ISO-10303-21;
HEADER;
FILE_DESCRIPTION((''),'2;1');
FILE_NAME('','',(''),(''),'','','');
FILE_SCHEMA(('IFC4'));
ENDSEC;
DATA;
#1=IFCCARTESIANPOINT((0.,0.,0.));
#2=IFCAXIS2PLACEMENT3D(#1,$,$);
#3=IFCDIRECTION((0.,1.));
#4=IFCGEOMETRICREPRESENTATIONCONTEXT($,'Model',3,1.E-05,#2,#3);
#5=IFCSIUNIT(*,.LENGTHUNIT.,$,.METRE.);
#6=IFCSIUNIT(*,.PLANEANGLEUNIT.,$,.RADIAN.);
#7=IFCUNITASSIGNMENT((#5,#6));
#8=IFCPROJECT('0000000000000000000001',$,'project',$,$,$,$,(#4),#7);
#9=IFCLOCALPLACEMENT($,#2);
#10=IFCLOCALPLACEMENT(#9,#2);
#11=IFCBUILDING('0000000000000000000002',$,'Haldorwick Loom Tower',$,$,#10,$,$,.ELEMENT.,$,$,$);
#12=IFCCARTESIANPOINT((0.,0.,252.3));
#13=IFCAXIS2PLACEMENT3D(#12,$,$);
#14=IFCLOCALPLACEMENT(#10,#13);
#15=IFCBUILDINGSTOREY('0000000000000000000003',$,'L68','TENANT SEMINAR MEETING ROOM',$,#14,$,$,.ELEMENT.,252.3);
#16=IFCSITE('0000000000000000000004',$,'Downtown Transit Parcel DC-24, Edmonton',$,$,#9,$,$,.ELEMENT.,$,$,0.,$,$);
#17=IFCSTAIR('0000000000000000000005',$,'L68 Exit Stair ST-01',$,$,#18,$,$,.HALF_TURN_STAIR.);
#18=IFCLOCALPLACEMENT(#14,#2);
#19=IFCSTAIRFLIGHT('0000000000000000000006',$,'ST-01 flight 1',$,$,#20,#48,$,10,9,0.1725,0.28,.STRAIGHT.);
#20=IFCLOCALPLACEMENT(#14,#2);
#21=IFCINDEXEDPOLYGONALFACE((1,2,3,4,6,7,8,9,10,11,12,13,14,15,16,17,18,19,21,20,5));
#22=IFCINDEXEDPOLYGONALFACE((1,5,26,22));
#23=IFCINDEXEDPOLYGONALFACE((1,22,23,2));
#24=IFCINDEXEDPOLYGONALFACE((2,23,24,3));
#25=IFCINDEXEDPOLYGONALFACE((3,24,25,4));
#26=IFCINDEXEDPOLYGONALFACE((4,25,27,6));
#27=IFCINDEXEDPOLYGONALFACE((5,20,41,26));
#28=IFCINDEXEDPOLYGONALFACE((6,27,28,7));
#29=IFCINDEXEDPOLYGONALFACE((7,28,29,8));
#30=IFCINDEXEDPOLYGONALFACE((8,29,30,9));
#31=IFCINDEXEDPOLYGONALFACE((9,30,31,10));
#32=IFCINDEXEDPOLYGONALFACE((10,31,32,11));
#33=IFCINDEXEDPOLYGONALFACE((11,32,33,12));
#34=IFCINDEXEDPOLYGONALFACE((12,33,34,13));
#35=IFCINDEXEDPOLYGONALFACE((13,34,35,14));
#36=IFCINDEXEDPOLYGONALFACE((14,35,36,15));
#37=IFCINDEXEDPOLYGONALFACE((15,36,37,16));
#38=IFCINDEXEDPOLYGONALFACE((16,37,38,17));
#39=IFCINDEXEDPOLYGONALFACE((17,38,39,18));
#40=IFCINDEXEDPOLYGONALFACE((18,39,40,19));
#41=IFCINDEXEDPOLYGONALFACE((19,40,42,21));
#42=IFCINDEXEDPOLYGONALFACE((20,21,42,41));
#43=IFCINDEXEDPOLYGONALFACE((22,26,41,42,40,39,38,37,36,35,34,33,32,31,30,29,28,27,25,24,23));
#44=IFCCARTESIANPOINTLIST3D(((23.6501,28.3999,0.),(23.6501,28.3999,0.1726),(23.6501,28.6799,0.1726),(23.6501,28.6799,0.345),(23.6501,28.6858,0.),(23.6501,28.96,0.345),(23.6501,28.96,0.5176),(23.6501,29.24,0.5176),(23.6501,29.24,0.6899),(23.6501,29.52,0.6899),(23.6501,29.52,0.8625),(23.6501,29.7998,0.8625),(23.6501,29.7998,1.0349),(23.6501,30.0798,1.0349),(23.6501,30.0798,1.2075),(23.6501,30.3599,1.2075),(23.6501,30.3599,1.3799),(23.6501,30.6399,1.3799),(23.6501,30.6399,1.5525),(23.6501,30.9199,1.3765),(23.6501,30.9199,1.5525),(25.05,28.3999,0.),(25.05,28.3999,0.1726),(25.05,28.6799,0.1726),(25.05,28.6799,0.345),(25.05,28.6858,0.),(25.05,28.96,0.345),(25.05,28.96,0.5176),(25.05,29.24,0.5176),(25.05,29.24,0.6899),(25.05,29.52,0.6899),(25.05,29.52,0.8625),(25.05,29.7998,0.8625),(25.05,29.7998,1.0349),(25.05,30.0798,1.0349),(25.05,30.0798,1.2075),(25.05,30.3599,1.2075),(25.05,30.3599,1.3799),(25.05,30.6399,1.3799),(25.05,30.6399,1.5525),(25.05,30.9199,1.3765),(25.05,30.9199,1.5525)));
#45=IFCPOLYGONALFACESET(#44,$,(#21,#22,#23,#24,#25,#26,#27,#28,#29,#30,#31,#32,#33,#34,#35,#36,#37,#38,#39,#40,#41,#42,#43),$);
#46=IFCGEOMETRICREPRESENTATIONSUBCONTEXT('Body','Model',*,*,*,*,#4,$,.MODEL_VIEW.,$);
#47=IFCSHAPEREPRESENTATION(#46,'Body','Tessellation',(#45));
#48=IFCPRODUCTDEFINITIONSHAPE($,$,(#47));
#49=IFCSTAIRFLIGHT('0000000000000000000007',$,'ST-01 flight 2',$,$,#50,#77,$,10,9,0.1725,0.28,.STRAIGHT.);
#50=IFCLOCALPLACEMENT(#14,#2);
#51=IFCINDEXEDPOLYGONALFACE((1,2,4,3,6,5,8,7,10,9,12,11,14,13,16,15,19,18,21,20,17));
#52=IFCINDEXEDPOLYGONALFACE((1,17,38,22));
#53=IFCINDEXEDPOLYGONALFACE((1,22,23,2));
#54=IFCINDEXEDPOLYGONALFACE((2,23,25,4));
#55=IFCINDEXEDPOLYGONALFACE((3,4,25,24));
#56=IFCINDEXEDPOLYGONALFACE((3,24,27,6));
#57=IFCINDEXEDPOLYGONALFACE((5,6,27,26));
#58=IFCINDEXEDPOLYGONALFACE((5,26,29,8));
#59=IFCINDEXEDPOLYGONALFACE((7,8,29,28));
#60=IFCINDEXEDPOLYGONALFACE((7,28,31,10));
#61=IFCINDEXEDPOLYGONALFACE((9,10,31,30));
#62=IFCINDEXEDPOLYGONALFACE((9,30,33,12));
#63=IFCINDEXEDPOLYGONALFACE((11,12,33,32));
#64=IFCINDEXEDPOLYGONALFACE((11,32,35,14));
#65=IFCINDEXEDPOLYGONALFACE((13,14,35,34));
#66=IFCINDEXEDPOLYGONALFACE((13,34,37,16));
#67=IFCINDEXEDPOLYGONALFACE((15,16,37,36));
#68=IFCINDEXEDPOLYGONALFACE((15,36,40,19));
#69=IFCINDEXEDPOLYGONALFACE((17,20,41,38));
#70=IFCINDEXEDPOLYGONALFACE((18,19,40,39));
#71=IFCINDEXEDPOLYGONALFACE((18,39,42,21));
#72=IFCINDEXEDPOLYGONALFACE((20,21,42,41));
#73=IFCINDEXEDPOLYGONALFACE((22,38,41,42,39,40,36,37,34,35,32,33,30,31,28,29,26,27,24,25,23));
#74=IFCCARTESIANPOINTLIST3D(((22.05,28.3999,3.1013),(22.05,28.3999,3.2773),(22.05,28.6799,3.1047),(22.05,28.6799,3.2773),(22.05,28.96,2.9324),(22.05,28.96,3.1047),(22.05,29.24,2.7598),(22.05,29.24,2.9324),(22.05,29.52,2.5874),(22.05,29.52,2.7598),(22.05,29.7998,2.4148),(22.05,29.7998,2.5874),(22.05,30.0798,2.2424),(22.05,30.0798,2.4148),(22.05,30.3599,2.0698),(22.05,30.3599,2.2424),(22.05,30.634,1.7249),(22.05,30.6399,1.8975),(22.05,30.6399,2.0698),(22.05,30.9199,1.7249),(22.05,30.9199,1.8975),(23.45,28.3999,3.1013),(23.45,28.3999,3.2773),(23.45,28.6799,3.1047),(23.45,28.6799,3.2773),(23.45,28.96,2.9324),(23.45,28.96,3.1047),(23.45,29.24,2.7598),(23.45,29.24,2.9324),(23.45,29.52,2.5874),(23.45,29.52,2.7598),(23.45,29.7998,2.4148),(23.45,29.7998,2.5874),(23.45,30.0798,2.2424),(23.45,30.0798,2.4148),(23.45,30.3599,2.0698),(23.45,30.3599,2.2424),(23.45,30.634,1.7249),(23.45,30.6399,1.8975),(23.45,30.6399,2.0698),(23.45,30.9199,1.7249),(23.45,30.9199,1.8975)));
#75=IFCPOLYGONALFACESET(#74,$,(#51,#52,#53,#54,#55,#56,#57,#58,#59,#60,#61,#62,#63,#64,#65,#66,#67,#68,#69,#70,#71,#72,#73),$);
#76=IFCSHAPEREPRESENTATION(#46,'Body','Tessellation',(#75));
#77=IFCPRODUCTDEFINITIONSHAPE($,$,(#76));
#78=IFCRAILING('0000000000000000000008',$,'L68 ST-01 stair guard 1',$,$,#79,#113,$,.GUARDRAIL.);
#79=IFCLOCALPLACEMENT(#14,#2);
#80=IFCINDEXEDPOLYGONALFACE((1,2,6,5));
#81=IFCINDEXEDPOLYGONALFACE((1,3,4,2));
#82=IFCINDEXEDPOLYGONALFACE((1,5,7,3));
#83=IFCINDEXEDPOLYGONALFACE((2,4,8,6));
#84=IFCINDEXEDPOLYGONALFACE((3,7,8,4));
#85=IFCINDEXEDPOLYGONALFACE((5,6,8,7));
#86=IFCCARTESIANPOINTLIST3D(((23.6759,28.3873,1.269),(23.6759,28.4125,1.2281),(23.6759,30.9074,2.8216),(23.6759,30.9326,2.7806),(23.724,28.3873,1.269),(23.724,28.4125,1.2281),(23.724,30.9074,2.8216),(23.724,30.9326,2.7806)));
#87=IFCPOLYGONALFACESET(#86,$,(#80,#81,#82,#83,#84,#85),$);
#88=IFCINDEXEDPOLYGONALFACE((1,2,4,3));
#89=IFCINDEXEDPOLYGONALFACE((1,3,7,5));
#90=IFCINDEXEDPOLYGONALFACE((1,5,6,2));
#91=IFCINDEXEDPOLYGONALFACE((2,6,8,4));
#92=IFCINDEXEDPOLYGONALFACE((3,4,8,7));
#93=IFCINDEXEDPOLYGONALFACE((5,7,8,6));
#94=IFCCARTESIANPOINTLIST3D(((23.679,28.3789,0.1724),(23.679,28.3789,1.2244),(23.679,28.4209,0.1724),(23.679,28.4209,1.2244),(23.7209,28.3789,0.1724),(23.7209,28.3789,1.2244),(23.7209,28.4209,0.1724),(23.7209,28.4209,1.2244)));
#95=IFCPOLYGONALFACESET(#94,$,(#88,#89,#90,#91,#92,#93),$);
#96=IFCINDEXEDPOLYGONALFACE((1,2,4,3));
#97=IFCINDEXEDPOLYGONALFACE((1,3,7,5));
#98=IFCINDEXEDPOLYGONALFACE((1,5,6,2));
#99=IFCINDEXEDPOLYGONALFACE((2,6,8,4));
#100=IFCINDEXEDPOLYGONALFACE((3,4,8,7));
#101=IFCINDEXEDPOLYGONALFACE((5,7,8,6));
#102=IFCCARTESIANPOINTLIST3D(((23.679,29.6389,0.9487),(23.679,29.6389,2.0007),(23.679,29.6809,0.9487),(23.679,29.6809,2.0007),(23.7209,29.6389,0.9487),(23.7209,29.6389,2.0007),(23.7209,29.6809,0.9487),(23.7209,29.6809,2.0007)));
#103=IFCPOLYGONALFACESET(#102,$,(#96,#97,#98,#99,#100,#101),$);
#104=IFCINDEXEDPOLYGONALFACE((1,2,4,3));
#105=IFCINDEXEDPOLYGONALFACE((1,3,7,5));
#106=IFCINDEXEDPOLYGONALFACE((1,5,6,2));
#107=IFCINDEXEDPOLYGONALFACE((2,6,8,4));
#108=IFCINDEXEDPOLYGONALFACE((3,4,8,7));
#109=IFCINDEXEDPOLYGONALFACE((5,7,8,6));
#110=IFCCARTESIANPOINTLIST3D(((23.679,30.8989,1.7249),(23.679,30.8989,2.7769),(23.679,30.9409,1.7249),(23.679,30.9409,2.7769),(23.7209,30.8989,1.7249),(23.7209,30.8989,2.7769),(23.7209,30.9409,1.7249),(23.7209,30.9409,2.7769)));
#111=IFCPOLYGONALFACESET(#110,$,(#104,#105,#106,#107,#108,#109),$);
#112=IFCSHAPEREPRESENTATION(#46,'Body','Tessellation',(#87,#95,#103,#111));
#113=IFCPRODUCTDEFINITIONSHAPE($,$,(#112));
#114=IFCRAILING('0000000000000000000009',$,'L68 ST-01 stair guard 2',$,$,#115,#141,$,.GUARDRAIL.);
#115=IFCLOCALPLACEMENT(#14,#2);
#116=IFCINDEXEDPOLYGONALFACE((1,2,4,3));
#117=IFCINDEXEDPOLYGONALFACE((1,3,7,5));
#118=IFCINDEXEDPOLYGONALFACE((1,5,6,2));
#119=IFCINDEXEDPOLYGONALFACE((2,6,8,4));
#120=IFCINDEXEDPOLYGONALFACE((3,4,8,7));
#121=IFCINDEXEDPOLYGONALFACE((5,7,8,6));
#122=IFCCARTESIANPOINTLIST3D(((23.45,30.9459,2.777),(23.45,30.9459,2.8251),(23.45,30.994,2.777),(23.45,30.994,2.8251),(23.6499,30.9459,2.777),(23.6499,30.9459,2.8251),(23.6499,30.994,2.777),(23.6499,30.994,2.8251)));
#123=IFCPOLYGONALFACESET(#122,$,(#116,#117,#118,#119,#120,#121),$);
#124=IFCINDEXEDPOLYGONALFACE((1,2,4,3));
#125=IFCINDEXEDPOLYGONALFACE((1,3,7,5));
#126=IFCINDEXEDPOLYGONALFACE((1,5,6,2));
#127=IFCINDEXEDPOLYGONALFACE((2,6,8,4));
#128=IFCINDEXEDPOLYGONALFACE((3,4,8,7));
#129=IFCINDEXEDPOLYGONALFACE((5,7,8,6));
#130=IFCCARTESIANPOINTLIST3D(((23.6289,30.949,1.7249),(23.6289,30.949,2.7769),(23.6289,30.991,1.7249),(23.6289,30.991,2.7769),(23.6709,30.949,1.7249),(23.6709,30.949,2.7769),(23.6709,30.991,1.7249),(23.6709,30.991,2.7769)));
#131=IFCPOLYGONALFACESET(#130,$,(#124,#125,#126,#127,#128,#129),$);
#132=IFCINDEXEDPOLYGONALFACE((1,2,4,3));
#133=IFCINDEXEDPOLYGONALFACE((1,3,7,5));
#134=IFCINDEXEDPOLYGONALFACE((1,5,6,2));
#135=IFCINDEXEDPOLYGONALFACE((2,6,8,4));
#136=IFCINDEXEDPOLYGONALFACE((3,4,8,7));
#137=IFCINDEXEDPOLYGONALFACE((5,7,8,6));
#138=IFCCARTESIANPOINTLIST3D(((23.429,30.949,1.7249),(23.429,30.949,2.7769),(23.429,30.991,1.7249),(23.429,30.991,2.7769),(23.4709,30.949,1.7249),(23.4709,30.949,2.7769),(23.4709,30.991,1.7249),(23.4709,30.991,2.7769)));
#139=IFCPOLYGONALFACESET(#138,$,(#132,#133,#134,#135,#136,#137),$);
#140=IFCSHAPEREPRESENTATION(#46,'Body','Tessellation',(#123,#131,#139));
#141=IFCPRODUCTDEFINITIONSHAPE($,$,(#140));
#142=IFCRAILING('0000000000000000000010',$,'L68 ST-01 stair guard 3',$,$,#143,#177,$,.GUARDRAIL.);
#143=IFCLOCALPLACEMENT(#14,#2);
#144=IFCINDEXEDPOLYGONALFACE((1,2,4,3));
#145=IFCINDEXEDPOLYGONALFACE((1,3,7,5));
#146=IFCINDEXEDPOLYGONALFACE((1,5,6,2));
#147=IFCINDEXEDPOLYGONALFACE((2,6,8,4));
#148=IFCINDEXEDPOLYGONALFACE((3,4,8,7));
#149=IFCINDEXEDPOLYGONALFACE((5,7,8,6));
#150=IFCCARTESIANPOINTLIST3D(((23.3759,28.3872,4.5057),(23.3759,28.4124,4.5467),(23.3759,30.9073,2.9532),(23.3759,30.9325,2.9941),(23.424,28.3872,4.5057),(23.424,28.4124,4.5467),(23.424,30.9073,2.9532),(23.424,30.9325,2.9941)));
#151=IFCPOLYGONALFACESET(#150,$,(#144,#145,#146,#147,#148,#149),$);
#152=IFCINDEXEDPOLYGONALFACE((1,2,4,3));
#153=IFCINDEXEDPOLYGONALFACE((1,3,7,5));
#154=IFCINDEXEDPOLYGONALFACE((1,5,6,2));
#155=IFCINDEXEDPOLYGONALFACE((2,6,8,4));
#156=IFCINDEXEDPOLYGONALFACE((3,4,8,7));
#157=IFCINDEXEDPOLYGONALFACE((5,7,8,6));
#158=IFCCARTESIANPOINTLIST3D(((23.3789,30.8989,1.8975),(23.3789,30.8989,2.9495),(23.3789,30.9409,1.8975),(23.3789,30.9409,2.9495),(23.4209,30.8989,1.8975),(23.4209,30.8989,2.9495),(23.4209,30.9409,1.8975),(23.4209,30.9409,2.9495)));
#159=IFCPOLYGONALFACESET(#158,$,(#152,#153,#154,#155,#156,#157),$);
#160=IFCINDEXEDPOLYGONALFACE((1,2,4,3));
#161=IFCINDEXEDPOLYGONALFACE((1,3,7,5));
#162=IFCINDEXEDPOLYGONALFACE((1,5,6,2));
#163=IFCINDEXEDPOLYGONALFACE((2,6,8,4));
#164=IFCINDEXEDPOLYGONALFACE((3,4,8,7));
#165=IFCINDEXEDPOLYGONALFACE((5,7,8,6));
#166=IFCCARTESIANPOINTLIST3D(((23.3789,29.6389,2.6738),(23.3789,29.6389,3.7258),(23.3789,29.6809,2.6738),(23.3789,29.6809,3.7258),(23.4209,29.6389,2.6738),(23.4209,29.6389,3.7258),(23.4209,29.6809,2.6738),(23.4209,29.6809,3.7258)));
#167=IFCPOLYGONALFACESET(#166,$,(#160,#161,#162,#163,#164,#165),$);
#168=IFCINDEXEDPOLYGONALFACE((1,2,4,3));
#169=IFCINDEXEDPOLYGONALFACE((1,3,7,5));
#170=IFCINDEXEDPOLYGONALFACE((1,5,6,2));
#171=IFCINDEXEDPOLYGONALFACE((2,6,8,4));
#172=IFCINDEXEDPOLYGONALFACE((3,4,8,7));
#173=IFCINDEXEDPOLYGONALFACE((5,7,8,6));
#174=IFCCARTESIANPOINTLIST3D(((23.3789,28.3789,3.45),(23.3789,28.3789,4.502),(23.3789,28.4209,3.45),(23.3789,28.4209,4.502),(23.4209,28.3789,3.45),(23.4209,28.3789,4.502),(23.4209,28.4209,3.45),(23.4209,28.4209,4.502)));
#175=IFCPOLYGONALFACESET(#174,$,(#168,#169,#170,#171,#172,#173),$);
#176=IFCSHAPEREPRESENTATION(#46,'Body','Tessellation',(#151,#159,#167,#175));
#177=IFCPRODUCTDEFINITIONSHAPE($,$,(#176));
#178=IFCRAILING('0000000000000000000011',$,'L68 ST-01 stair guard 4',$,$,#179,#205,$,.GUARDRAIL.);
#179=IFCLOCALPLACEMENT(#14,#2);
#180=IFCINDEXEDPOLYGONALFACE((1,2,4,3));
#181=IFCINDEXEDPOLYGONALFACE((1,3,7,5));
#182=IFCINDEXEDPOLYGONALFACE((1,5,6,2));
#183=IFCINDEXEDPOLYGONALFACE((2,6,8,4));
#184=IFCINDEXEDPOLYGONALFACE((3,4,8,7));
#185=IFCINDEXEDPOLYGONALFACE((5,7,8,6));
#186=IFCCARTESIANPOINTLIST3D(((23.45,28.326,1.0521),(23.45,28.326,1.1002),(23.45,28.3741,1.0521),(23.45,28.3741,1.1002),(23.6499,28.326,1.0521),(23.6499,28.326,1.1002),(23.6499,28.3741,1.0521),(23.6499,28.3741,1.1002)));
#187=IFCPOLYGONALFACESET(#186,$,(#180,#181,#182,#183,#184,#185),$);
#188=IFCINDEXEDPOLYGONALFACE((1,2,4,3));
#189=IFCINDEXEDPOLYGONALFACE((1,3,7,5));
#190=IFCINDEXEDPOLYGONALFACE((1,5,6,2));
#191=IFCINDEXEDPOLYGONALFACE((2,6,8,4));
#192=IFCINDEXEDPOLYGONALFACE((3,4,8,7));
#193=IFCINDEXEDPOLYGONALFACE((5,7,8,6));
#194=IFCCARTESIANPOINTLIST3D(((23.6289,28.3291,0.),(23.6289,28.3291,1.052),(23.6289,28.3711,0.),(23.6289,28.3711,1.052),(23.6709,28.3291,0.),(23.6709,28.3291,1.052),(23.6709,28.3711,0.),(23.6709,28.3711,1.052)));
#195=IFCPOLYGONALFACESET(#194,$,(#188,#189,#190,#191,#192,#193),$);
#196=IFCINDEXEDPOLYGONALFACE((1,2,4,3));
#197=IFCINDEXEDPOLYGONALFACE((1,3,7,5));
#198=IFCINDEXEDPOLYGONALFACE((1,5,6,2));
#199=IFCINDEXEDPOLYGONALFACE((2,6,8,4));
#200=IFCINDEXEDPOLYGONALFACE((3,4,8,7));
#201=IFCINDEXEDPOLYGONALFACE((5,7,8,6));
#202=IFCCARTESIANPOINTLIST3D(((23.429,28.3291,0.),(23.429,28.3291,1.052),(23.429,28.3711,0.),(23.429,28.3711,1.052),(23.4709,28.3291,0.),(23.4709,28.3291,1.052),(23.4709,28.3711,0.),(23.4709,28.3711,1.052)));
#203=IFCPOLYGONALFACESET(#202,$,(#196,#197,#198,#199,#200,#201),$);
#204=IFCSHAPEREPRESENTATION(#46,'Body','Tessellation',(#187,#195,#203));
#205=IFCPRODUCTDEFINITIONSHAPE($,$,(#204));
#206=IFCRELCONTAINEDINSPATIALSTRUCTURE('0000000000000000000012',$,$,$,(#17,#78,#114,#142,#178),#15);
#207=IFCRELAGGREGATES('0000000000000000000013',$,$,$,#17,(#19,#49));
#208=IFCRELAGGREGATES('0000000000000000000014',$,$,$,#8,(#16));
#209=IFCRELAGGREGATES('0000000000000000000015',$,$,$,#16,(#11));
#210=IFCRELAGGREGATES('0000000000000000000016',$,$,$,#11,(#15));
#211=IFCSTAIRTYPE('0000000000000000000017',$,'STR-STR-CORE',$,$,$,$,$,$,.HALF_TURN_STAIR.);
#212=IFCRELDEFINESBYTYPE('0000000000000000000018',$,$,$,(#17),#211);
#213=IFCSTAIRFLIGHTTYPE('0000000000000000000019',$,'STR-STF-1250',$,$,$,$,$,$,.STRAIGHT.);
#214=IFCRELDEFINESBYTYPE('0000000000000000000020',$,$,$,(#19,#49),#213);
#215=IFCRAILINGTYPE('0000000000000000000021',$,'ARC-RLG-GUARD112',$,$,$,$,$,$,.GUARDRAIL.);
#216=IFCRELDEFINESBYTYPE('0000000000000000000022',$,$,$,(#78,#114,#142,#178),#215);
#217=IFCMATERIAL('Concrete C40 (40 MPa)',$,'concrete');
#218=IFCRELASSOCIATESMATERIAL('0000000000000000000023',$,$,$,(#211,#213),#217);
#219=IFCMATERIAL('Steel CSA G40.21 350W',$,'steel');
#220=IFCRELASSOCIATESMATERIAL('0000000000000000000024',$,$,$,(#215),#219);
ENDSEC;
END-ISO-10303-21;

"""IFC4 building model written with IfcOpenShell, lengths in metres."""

from ifc_helpers import new_model, si_unit, direction, frame, origin, origin_2d, place, context, subcontext, project, spatial, polyline, rectangle, outline, extrude, material, type_object, element, aggregate, save


model = new_model("IFC4")

# Units and contexts
model_context = context("Model", 3, precision=1e-05, world=origin(), true_north=direction((0.0, 1.0)))
body_context = subcontext(model_context, "Body", "Model", "MODEL_VIEW")
ifc_project = project(units=[si_unit("LENGTHUNIT", "METRE"), si_unit("PLANEANGLEUNIT", "RADIAN")], contexts=[model_context])

# Site, building, storey
site_placement = place(None, origin())
site = spatial("IfcSite", under=ifc_project, at=site_placement, Name="Downtown Transit Parcel DC-24, Edmonton", CompositionType="ELEMENT", RefElevation=0.0)
building_placement = place(site_placement, origin())
building = spatial("IfcBuilding", under=site, at=building_placement, Name="Haldorwick Loom Tower", CompositionType="ELEMENT")
storey_placement = place(building_placement, frame((0.0, 0.0, 252.3)))
storey = spatial("IfcBuildingStorey", under=building, at=storey_placement, Name="L68", Description="TENANT SEMINAR MEETING ROOM", CompositionType="ELEMENT", Elevation=252.3)

# Shared definitions
ifc_material_1 = material(Name="Steel CSA G40.21 350W", Category="steel")

# Stair, stair flights
ifc_material_2 = material(Name="Concrete C40 (40 MPa)", Category="concrete")
stair_type = type_object("IfcStairType", Name="STR-STR-CORE", PredefinedType="HALF_TURN_STAIR", material=ifc_material_2)
stair_placement = place(storey_placement, origin())
stair = element("IfcStair", 1, at=stair_placement, inside=storey, type_object=stair_type, Name="L68 Exit Stair ST-01", PredefinedType="HALF_TURN_STAIR")
stair_flight_type = type_object("IfcStairFlightType", Name="STR-STF-1250", PredefinedType="STRAIGHT", material=ifc_material_2)
stair_flight_1_placement = place(storey_placement, frame((24.3501, 28.3999, 0.0), z_axis=(0.0, 0.0, 1.0), x_axis=(0.0, 1.0, 0.0)))
stair_flight_1 = element("IfcStairFlight", 2, at=stair_flight_1_placement, type_object=stair_flight_type, Name="ST-01 flight 1", NumberOfRisers=10, NumberOfTreads=9, PredefinedType="STRAIGHT", RiserHeight=0.1725, TreadLength=0.28, context=body_context, shape_type="SweptSolid", body=[
    extrude(outline(polyline([(0.0, 0.0), (0.0, 0.1726), (0.28, 0.1726), (0.28, 0.345), (0.5601, 0.345), (0.5601, 0.5176), (0.8401, 0.5176), (0.8401, 0.6899), (1.1201, 0.6899), (1.1201, 0.8625), (1.3999, 0.8625), (1.3999, 1.0349), (1.6799, 1.0349), (1.6799, 1.2075), (1.96, 1.2075), (1.96, 1.3799), (2.24, 1.3799), (2.24, 1.5525), (2.52, 1.5525), (2.52, 1.7251), (2.52, 1.3765), (0.2859, 0.0), (0.0, 0.0)])), frame((0.0, 0.7, 0.0), z_axis=(0.0, -1.0, 0.0), x_axis=(1.0, 0.0, 0.0)), (0.0, 0.0, 1.0), 1.3999),
])
stair_flight_2_placement = place(storey_placement, frame((22.75, 30.9199, 1.7249), z_axis=(0.0, 0.0, 1.0), x_axis=(0.0, -1.0, 0.0)))
stair_flight_2 = element("IfcStairFlight", 3, at=stair_flight_2_placement, type_object=stair_flight_type, Name="ST-01 flight 2", NumberOfRisers=10, NumberOfTreads=9, PredefinedType="STRAIGHT", RiserHeight=0.1725, TreadLength=0.28, context=body_context, shape_type="SweptSolid", body=[
    extrude(outline(polyline([(0.0, 0.0), (0.0, 0.1726), (0.28, 0.1726), (0.28, 0.345), (0.5601, 0.345), (0.5601, 0.5176), (0.8401, 0.5176), (0.8401, 0.6899), (1.1201, 0.6899), (1.1201, 0.8625), (1.3999, 0.8625), (1.3999, 1.0349), (1.6799, 1.0349), (1.6799, 1.2075), (1.96, 1.2075), (1.96, 1.3799), (2.24, 1.3799), (2.24, 1.5525), (2.52, 1.5525), (2.52, 1.7251), (2.52, 1.3765), (0.2859, 0.0), (0.0, 0.0)])), frame((0.0, 0.7, 0.0), z_axis=(0.0, -1.0, 0.0), x_axis=(1.0, 0.0, 0.0)), (0.0, 0.0, 1.0), 1.3999),
])
aggregate(stair, [stair_flight_1, stair_flight_2])

# Railings
railing_type_1 = type_object("IfcRailingType", Name="ARC-RLG-GUARD112", PredefinedType="GUARDRAIL", material=ifc_material_1)
railing_1_placement = place(storey_placement, frame((23.7, 28.3999, 0.1724)))
element("IfcRailing", 4, at=railing_1_placement, inside=storey, type_object=railing_type_1, Name="L68 ST-01 stair guard 1", PredefinedType="GUARDRAIL", context=body_context, shape_type="SweptSolid", body=[
    extrude(rectangle(XDim=0.0481, YDim=0.0481, at=origin_2d()), frame((0.0, 0.0, 1.0762), z_axis=(0.0, 0.8514, 0.524516), x_axis=(-1.0, 0.0, 0.0)), (0.0, 0.0, 1.0), 2.96),
    extrude(rectangle(XDim=0.042, YDim=0.042, at=origin_2d()), origin(), (0.0, 0.0, 1.0), 1.052),
    extrude(rectangle(XDim=0.042, YDim=0.042, at=origin_2d()), frame((0.0, 1.26, 0.7764)), (0.0, 0.0, 1.0), 1.052),
    extrude(rectangle(XDim=0.042, YDim=0.042, at=origin_2d()), frame((0.0, 2.52, 1.5525)), (0.0, 0.0, 1.0), 1.052),
])
railing_2_placement = place(storey_placement, frame((23.6499, 30.97, 1.7249)))
element("IfcRailing", 5, at=railing_2_placement, inside=storey, type_object=railing_type_1, Name="L68 ST-01 stair guard 2", PredefinedType="GUARDRAIL", context=body_context, shape_type="SweptSolid", body=[
    extrude(rectangle(XDim=0.0481, YDim=0.0481, at=origin_2d()), frame((0.0, 0.0, 1.0762), z_axis=(-1.0, 0.0, 0.0), x_axis=(0.0, -1.0, 0.0)), (0.0, 0.0, 1.0), 0.2),
    extrude(rectangle(XDim=0.042, YDim=0.042, at=origin_2d()), origin(), (0.0, 0.0, 1.0), 1.052),
    extrude(rectangle(XDim=0.042, YDim=0.042, at=origin_2d()), frame((-0.2, 0.0, 0.0)), (0.0, 0.0, 1.0), 1.052),
])
railing_3_placement = place(storey_placement, frame((23.3999, 30.9199, 1.8975)))
element("IfcRailing", 6, at=railing_3_placement, inside=storey, type_object=railing_type_1, Name="L68 ST-01 stair guard 3", PredefinedType="GUARDRAIL", context=body_context, shape_type="SweptSolid", body=[
    extrude(rectangle(XDim=0.0481, YDim=0.0481, at=origin_2d()), frame((0.0, 0.0, 1.0762), z_axis=(0.0, -0.8514, 0.524516), x_axis=(1.0, 0.0, 0.0)), (0.0, 0.0, 1.0), 2.96),
    extrude(rectangle(XDim=0.042, YDim=0.042, at=origin_2d()), origin(), (0.0, 0.0, 1.0), 1.052),
    extrude(rectangle(XDim=0.042, YDim=0.042, at=origin_2d()), frame((0.0, -1.26, 0.7764)), (0.0, 0.0, 1.0), 1.052),
    extrude(rectangle(XDim=0.042, YDim=0.042, at=origin_2d()), frame((0.0, -2.52, 1.5525)), (0.0, 0.0, 1.0), 1.052),
])
railing_4_placement = place(storey_placement, frame((23.6499, 28.3501, 0.0)))
element("IfcRailing", 7, at=railing_4_placement, inside=storey, type_object=railing_type_1, Name="L68 ST-01 stair guard 4", PredefinedType="GUARDRAIL", context=body_context, shape_type="SweptSolid", body=[
    extrude(rectangle(XDim=0.0481, YDim=0.0481, at=origin_2d()), frame((0.0, 0.0, 1.0762), z_axis=(-1.0, 0.0, 0.0), x_axis=(0.0, -1.0, 0.0)), (0.0, 0.0, 1.0), 0.2),
    extrude(rectangle(XDim=0.042, YDim=0.042, at=origin_2d()), origin(), (0.0, 0.0, 1.0), 1.052),
    extrude(rectangle(XDim=0.042, YDim=0.042, at=origin_2d()), frame((-0.2, 0.0, 0.0)), (0.0, 0.0, 1.0), 1.052),
])

save(model, "model.ifc")
